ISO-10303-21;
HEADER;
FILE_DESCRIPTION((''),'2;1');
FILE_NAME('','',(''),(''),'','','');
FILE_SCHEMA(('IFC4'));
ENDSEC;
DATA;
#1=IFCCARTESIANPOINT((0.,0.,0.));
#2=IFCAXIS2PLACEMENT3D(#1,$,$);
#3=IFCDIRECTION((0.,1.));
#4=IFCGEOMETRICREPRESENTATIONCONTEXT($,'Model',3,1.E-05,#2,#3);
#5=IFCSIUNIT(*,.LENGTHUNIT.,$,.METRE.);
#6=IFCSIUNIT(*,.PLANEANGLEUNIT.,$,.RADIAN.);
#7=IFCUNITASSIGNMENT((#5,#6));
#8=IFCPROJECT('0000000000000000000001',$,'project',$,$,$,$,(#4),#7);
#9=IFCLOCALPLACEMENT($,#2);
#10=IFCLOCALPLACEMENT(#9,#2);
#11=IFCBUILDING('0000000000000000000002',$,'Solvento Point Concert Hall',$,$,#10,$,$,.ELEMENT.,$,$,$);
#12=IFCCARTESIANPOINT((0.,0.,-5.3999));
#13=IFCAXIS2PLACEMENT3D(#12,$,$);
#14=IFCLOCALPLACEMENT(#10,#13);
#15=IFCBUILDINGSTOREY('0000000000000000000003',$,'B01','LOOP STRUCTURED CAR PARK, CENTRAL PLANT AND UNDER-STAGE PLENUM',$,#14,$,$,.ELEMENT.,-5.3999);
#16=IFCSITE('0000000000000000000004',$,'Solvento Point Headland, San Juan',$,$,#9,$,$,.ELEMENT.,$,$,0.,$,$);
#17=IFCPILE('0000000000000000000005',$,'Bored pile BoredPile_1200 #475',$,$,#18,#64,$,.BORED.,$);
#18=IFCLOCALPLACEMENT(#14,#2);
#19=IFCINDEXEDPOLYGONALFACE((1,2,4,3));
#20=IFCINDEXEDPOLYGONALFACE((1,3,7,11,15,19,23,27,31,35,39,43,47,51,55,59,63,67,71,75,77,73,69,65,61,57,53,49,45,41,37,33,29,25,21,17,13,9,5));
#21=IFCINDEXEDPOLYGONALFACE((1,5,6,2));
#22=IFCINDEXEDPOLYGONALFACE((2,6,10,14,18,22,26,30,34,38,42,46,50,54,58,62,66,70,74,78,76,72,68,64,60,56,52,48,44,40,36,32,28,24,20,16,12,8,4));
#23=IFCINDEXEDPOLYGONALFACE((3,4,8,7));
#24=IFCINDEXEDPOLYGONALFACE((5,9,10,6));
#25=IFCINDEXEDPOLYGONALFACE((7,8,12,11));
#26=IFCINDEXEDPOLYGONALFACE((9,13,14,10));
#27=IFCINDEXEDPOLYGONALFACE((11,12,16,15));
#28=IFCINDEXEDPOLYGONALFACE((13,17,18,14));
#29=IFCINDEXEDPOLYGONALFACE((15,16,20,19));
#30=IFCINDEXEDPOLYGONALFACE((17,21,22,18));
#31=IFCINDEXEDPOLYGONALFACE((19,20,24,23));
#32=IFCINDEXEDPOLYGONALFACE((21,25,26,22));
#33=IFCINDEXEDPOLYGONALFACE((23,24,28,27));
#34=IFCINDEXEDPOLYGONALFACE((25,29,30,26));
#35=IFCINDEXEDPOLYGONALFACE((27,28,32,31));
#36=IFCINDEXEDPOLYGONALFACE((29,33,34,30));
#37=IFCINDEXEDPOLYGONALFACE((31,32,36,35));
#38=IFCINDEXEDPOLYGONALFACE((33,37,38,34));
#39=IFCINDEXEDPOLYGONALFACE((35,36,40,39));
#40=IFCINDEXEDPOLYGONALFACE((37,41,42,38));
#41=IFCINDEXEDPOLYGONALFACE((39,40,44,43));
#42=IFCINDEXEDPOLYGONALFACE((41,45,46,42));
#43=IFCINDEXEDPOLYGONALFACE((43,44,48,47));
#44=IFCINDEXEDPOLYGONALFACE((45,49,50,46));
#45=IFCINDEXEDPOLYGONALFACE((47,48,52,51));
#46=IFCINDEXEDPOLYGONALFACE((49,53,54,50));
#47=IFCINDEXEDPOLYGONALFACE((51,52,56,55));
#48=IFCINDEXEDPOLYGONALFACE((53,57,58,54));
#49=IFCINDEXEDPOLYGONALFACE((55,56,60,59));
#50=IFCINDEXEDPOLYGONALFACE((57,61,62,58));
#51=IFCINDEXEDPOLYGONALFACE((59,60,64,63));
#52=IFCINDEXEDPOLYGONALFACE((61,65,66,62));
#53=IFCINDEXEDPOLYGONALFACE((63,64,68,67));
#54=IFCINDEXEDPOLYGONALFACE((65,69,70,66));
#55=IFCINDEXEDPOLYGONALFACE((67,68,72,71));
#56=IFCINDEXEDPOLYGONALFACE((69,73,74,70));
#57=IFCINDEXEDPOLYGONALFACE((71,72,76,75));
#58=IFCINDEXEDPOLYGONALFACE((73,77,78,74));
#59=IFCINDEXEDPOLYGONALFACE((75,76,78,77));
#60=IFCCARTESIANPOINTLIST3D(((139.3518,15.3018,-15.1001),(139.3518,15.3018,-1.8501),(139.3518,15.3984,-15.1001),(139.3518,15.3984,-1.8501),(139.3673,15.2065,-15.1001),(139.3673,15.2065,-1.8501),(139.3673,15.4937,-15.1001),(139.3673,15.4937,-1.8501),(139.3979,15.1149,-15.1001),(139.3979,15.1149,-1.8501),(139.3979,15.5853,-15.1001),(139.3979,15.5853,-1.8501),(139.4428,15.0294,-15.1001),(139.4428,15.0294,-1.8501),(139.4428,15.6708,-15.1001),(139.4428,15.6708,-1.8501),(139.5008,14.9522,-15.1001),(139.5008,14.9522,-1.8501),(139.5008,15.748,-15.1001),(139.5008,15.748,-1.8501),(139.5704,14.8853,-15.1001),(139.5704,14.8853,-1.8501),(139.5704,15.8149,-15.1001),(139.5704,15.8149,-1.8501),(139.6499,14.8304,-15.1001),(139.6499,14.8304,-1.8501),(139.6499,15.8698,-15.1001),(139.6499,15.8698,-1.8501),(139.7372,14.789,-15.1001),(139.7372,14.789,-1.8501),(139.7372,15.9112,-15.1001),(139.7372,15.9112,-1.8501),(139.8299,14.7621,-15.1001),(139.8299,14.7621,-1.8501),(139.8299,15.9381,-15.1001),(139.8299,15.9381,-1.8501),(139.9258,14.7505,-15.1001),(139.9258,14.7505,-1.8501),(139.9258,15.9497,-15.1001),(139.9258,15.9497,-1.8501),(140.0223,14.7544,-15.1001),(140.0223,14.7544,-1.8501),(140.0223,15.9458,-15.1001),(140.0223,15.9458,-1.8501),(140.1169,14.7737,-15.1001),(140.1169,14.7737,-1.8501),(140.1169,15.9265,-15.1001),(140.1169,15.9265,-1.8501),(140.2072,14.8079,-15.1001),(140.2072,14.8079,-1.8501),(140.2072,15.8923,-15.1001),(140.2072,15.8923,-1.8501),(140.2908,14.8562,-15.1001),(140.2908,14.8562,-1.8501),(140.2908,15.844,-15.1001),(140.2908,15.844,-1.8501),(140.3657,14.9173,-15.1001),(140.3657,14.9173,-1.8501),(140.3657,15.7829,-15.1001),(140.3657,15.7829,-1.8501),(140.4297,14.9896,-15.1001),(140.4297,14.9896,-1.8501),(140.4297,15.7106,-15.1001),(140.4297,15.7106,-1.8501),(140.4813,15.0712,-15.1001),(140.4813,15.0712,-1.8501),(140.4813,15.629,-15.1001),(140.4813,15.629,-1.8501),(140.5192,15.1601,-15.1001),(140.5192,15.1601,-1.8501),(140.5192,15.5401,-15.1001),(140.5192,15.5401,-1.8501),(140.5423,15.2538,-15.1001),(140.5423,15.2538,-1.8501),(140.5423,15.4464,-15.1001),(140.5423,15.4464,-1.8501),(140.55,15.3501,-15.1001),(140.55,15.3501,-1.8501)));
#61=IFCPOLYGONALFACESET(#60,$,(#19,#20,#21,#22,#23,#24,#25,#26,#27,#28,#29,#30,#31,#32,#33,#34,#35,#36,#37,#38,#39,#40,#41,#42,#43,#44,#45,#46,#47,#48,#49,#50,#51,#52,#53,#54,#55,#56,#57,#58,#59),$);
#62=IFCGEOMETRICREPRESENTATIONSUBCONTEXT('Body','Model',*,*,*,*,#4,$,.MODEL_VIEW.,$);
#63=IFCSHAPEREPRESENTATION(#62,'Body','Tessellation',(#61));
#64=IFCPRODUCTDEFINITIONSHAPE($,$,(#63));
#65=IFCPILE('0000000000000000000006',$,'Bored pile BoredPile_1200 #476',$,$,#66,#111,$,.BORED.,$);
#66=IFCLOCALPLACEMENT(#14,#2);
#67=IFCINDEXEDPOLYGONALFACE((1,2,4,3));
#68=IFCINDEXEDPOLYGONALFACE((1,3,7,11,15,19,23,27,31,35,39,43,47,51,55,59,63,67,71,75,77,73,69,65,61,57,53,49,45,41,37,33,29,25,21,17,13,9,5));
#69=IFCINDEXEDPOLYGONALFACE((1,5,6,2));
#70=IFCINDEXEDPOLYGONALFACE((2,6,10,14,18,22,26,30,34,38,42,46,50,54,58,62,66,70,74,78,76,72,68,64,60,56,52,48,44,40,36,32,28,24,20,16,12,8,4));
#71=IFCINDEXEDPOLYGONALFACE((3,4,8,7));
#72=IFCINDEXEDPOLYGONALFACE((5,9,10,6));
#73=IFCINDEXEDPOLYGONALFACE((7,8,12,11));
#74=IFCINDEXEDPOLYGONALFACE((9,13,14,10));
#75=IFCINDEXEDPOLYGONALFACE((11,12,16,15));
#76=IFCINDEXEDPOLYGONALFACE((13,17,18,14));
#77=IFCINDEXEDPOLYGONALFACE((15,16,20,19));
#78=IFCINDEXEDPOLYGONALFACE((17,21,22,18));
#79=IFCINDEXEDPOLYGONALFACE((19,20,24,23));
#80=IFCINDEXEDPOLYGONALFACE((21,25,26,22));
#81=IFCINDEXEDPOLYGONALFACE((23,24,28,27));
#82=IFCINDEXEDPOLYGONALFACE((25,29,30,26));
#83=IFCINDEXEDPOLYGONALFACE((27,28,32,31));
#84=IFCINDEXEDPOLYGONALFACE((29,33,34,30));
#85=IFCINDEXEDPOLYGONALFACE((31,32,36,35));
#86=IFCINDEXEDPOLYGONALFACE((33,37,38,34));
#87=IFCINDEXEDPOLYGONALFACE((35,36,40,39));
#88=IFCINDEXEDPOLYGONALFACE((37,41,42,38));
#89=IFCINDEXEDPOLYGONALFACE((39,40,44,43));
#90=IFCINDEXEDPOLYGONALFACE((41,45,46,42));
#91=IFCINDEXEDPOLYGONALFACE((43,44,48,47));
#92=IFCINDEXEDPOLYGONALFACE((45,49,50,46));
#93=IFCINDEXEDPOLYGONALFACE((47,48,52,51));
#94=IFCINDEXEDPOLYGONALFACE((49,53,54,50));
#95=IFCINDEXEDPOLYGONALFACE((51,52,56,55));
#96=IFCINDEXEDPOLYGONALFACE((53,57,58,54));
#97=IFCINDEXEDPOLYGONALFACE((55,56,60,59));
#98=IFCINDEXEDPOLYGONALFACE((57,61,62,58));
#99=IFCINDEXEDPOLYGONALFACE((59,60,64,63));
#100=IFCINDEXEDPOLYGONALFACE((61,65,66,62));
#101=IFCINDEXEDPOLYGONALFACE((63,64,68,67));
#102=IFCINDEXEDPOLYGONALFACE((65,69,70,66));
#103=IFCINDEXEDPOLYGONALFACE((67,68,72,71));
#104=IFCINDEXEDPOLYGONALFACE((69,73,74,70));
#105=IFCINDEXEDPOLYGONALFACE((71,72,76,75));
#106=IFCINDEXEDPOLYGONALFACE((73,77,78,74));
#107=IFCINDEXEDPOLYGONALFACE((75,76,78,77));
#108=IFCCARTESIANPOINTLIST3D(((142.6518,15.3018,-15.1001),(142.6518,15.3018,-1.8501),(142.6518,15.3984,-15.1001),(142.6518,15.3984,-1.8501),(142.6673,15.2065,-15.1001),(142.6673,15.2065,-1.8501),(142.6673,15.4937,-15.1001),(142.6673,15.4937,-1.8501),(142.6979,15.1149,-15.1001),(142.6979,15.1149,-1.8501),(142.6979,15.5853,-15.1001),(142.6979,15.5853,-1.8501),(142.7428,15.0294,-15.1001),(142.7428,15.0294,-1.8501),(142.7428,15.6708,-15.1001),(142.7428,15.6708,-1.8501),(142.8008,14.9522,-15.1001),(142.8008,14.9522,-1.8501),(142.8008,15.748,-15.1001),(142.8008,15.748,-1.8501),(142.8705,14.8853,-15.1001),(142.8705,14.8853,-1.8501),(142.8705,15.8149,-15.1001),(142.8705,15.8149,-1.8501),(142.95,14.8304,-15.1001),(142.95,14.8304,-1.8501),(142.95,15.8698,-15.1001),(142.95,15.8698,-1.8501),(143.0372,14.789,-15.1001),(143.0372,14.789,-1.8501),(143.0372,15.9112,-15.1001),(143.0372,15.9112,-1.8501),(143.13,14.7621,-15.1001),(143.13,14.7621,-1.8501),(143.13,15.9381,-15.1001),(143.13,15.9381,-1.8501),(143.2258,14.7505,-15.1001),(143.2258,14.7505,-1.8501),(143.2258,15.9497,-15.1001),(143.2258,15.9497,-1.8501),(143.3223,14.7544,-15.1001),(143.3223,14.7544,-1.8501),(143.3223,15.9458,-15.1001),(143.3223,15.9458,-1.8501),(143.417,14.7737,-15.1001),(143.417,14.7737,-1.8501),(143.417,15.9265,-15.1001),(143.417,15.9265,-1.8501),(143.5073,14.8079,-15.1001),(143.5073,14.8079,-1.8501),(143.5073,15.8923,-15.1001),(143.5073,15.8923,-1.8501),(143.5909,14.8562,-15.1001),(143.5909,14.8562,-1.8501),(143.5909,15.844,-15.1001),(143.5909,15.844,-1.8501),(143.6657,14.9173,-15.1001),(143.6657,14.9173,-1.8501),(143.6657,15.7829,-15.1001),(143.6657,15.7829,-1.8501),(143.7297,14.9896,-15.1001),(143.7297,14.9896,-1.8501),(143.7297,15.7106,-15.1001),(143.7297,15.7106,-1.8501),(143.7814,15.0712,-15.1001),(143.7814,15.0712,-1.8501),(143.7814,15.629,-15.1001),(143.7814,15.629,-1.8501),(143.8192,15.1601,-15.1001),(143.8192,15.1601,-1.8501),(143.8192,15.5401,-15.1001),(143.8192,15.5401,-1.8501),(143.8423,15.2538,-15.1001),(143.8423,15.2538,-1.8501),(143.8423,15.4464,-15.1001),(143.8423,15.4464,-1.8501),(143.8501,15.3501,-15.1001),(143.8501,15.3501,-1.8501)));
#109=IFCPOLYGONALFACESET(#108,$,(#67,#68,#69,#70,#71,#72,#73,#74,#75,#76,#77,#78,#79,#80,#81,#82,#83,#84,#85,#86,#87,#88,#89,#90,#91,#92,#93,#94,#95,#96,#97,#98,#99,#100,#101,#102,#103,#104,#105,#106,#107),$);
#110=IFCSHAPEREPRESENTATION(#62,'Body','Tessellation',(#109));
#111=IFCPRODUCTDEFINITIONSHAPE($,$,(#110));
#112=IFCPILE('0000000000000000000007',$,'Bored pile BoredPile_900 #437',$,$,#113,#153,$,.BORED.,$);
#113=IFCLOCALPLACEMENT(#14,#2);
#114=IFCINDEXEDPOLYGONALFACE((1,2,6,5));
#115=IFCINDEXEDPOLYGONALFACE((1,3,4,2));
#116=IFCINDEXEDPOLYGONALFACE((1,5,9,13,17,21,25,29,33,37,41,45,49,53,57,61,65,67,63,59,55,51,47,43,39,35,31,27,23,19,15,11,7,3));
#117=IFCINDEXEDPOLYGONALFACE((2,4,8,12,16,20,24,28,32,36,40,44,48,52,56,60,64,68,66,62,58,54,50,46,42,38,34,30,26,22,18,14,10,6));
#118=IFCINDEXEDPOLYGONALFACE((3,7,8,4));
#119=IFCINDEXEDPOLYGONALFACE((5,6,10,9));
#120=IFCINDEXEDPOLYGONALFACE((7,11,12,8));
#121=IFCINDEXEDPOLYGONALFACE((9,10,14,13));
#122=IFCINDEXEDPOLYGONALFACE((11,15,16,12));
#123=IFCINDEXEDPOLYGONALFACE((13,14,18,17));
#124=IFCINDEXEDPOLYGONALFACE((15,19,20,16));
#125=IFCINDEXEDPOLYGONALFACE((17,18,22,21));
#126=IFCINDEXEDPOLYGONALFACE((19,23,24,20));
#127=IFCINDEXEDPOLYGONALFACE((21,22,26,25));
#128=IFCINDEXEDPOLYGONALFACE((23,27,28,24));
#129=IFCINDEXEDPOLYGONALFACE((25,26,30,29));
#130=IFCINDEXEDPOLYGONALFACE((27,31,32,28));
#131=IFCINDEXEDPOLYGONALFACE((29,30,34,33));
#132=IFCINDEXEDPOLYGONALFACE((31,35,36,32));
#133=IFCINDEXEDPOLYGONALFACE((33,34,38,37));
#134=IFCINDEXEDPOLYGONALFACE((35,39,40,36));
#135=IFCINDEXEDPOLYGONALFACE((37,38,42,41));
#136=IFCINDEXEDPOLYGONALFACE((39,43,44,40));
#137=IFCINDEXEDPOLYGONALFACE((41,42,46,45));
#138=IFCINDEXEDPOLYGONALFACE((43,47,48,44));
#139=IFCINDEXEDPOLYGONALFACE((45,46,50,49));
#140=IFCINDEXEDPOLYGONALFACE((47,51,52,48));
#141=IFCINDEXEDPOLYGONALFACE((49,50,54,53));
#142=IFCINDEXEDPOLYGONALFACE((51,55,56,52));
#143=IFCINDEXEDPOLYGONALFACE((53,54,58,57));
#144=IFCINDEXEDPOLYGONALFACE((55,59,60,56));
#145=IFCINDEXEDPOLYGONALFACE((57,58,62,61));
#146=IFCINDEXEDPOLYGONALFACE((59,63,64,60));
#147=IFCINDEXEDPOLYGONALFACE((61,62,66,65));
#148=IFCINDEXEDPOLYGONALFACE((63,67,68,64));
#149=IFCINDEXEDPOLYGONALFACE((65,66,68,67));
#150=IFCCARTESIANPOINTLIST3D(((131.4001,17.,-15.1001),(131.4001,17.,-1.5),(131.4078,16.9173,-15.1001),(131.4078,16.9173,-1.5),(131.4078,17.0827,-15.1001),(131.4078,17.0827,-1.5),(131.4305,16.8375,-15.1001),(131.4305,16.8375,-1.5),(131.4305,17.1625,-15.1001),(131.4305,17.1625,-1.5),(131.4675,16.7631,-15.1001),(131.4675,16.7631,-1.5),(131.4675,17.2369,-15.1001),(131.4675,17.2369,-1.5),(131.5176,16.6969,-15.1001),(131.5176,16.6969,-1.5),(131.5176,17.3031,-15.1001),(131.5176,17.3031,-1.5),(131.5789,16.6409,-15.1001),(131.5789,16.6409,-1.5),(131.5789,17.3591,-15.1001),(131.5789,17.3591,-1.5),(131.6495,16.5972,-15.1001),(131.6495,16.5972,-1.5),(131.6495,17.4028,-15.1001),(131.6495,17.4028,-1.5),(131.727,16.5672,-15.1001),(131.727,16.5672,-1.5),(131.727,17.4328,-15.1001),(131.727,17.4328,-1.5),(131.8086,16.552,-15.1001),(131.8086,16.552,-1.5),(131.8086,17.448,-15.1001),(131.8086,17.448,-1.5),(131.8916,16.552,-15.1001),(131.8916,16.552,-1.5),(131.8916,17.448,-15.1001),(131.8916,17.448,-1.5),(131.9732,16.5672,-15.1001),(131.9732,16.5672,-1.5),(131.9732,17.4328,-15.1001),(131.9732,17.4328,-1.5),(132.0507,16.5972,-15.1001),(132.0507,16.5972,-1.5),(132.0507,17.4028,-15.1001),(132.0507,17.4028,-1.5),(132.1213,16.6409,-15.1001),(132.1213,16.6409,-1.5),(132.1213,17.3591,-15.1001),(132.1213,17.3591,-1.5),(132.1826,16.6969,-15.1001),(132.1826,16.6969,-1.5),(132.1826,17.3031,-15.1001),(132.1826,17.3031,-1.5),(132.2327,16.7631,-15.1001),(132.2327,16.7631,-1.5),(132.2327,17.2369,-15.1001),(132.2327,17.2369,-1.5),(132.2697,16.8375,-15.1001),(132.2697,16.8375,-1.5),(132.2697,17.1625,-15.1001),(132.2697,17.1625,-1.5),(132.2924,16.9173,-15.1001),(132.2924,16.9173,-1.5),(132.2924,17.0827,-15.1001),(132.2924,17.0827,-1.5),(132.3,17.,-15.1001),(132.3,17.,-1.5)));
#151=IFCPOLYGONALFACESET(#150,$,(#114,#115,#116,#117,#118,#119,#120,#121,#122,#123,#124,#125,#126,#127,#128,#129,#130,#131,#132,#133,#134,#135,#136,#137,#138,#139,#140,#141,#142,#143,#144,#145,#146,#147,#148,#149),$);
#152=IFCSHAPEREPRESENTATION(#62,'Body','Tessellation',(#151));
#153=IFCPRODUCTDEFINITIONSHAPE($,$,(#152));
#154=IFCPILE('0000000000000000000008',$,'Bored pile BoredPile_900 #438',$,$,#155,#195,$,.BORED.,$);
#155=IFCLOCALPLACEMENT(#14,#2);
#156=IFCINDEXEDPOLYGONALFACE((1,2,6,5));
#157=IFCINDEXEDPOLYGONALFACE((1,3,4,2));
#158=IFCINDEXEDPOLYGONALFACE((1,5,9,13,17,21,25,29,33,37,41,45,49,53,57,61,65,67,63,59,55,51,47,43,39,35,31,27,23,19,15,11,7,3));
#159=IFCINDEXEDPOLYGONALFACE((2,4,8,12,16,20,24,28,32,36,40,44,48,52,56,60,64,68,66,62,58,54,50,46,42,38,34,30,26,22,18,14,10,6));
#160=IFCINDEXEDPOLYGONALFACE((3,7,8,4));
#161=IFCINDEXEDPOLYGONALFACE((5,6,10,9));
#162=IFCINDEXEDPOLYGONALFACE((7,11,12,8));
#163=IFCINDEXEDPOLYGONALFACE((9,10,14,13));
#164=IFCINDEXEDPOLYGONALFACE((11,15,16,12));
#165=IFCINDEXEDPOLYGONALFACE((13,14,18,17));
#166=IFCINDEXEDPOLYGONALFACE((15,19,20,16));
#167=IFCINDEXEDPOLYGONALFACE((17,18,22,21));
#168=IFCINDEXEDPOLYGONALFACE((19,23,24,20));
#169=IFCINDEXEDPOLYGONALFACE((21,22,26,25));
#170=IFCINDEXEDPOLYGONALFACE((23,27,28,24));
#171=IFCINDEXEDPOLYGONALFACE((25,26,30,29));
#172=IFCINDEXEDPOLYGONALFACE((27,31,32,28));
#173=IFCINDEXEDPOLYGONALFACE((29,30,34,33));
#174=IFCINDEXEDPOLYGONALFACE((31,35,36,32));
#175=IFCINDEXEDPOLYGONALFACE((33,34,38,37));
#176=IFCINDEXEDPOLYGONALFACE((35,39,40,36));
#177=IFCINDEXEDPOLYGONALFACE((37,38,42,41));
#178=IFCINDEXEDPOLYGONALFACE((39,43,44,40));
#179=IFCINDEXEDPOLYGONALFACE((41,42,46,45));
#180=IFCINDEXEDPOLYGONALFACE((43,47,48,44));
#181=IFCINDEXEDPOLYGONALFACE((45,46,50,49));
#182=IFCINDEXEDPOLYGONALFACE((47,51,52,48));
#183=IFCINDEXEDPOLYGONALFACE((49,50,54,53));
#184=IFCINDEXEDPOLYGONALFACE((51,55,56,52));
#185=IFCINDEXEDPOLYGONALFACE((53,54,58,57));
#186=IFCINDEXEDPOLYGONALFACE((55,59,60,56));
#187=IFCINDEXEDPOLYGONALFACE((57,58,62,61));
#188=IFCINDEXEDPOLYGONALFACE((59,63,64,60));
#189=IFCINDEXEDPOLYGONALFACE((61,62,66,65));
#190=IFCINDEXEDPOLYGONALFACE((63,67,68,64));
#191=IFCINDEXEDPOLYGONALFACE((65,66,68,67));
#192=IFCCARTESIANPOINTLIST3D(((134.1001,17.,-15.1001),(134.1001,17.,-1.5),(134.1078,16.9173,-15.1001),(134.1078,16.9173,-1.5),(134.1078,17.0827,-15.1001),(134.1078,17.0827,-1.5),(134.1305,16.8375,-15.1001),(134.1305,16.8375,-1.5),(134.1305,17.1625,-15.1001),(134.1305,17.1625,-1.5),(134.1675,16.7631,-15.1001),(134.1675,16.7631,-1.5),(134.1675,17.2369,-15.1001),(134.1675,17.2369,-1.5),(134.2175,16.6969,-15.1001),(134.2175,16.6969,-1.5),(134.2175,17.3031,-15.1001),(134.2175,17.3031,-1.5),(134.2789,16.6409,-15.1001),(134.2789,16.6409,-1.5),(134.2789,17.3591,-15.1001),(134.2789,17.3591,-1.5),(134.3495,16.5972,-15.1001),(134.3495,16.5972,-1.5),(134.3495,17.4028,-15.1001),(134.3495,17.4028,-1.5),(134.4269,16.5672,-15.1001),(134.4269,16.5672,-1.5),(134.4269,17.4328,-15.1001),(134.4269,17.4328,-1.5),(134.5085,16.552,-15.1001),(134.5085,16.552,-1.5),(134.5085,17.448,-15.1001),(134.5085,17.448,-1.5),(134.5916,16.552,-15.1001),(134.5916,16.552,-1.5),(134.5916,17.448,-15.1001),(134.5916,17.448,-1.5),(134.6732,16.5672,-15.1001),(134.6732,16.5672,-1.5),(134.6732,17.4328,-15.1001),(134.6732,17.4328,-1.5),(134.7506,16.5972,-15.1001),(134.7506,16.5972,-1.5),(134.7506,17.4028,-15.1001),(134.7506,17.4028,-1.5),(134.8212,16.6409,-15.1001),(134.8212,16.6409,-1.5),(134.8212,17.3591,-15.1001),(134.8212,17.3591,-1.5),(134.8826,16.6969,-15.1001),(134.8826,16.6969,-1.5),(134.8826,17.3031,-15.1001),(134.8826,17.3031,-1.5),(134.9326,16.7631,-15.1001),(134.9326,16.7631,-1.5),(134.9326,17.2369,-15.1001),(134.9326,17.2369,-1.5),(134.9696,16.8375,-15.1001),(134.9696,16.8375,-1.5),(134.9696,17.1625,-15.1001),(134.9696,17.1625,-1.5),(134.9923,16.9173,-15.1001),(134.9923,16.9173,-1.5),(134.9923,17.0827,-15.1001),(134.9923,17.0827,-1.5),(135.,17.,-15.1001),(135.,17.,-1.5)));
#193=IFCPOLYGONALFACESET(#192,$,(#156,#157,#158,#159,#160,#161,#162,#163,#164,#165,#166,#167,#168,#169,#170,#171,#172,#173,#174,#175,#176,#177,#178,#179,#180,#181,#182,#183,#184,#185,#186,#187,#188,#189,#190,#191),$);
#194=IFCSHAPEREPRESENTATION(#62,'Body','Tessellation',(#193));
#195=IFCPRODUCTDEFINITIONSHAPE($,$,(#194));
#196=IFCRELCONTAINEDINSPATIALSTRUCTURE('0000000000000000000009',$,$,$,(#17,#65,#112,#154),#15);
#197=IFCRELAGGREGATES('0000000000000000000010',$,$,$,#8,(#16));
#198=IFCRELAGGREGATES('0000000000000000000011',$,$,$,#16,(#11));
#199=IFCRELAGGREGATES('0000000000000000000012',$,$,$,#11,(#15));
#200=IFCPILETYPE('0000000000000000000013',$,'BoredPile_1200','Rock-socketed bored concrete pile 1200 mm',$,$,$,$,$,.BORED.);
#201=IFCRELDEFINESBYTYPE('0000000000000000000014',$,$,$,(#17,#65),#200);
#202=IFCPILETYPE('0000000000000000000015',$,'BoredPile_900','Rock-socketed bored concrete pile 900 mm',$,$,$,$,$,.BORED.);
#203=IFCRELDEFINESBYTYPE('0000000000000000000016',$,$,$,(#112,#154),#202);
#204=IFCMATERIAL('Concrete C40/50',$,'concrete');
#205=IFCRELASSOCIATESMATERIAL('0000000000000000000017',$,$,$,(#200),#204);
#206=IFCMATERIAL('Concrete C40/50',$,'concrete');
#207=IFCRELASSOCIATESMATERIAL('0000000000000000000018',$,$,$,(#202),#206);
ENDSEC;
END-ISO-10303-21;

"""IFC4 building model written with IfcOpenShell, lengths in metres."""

from ifc_helpers import new_model, si_unit, direction, frame, origin, origin_2d, place, context, subcontext, project, spatial, circle, extrude, material, material_profile, profile_set, type_object, element, save


model = new_model("IFC4")

# Units and contexts
model_context = context("Model", 3, precision=1e-05, world=origin(), true_north=direction((0.0, 1.0)))
body_context = subcontext(model_context, "Body", "Model", "MODEL_VIEW")
ifc_project = project(units=[si_unit("LENGTHUNIT", "METRE"), si_unit("PLANEANGLEUNIT", "RADIAN")], contexts=[model_context])

# Site, building, storey
site_placement = place(None, origin())
site = spatial("IfcSite", under=ifc_project, at=site_placement, Name="Solvento Point Headland, San Juan", CompositionType="ELEMENT", RefElevation=0.0)
building_placement = place(site_placement, origin())
building = spatial("IfcBuilding", under=site, at=building_placement, Name="Solvento Point Concert Hall", CompositionType="ELEMENT")
storey_placement = place(building_placement, frame((0.0, 0.0, -5.3999)))
storey = spatial("IfcBuildingStorey", under=building, at=storey_placement, Name="B01", Description="LOOP STRUCTURED CAR PARK, CENTRAL PLANT AND UNDER-STAGE PLENUM", CompositionType="ELEMENT", Elevation=-5.3999)

# Piles
ifc_material_1 = material(Name="Concrete C40/50", Category="concrete")
ifc_material_profile_1 = material_profile(ifc_material_1, circle(Radius=0.6001, at=origin_2d()), Name="BP-1200")
ifc_profile_set_1 = profile_set([ifc_material_profile_1], Name="Concrete C40/50")
pile_type_1 = type_object("IfcPileType", Name="BoredPile_1200", Description="Rock-socketed bored concrete pile 1200 mm", PredefinedType="BORED", material=ifc_profile_set_1)
for number, where, z_axis, x_axis, name in (
    (1, (139.95, 15.3501, -1.8501), (0.0, 0.0, -1.0), (1.0, 0.0, 0.0), "Bored pile BoredPile_1200 #475"),
    (2, (143.25, 15.3501, -1.8501), (0.0, 0.0, -1.0), (1.0, 0.0, 0.0), "Bored pile BoredPile_1200 #476"),
):
    element("IfcPile", number, at=place(storey_placement, frame(where, z_axis=z_axis, x_axis=x_axis)), inside=storey, type_object=pile_type_1, Name=name, PredefinedType="BORED", context=body_context, shape_type="SweptSolid", body=[
        extrude(circle(Radius=0.6001, at=origin_2d()), origin(), (0.0, 0.0, 1.0), 13.25),
    ])
ifc_material_2 = material(Name="Concrete C40/50", Category="concrete")
ifc_material_profile_2 = material_profile(ifc_material_2, circle(Radius=0.45, at=origin_2d()), Name="BP-900")
ifc_profile_set_2 = profile_set([ifc_material_profile_2], Name="Concrete C40/50")
pile_type_2 = type_object("IfcPileType", Name="BoredPile_900", Description="Rock-socketed bored concrete pile 900 mm", PredefinedType="BORED", material=ifc_profile_set_2)
for number, where, z_axis, x_axis, name in (
    (3, (131.8501, 17.0, -1.5), (0.0, 0.0, -1.0), (1.0, 0.0, 0.0), "Bored pile BoredPile_900 #437"),
    (4, (134.55, 17.0, -1.5), (0.0, 0.0, -1.0), (1.0, 0.0, 0.0), "Bored pile BoredPile_900 #438"),
):
    element("IfcPile", number, at=place(storey_placement, frame(where, z_axis=z_axis, x_axis=x_axis)), inside=storey, type_object=pile_type_2, Name=name, PredefinedType="BORED", context=body_context, shape_type="SweptSolid", body=[
        extrude(circle(Radius=0.45, at=origin_2d()), origin(), (0.0, 0.0, 1.0), 13.6001),
    ])

save(model, "model.ifc")
